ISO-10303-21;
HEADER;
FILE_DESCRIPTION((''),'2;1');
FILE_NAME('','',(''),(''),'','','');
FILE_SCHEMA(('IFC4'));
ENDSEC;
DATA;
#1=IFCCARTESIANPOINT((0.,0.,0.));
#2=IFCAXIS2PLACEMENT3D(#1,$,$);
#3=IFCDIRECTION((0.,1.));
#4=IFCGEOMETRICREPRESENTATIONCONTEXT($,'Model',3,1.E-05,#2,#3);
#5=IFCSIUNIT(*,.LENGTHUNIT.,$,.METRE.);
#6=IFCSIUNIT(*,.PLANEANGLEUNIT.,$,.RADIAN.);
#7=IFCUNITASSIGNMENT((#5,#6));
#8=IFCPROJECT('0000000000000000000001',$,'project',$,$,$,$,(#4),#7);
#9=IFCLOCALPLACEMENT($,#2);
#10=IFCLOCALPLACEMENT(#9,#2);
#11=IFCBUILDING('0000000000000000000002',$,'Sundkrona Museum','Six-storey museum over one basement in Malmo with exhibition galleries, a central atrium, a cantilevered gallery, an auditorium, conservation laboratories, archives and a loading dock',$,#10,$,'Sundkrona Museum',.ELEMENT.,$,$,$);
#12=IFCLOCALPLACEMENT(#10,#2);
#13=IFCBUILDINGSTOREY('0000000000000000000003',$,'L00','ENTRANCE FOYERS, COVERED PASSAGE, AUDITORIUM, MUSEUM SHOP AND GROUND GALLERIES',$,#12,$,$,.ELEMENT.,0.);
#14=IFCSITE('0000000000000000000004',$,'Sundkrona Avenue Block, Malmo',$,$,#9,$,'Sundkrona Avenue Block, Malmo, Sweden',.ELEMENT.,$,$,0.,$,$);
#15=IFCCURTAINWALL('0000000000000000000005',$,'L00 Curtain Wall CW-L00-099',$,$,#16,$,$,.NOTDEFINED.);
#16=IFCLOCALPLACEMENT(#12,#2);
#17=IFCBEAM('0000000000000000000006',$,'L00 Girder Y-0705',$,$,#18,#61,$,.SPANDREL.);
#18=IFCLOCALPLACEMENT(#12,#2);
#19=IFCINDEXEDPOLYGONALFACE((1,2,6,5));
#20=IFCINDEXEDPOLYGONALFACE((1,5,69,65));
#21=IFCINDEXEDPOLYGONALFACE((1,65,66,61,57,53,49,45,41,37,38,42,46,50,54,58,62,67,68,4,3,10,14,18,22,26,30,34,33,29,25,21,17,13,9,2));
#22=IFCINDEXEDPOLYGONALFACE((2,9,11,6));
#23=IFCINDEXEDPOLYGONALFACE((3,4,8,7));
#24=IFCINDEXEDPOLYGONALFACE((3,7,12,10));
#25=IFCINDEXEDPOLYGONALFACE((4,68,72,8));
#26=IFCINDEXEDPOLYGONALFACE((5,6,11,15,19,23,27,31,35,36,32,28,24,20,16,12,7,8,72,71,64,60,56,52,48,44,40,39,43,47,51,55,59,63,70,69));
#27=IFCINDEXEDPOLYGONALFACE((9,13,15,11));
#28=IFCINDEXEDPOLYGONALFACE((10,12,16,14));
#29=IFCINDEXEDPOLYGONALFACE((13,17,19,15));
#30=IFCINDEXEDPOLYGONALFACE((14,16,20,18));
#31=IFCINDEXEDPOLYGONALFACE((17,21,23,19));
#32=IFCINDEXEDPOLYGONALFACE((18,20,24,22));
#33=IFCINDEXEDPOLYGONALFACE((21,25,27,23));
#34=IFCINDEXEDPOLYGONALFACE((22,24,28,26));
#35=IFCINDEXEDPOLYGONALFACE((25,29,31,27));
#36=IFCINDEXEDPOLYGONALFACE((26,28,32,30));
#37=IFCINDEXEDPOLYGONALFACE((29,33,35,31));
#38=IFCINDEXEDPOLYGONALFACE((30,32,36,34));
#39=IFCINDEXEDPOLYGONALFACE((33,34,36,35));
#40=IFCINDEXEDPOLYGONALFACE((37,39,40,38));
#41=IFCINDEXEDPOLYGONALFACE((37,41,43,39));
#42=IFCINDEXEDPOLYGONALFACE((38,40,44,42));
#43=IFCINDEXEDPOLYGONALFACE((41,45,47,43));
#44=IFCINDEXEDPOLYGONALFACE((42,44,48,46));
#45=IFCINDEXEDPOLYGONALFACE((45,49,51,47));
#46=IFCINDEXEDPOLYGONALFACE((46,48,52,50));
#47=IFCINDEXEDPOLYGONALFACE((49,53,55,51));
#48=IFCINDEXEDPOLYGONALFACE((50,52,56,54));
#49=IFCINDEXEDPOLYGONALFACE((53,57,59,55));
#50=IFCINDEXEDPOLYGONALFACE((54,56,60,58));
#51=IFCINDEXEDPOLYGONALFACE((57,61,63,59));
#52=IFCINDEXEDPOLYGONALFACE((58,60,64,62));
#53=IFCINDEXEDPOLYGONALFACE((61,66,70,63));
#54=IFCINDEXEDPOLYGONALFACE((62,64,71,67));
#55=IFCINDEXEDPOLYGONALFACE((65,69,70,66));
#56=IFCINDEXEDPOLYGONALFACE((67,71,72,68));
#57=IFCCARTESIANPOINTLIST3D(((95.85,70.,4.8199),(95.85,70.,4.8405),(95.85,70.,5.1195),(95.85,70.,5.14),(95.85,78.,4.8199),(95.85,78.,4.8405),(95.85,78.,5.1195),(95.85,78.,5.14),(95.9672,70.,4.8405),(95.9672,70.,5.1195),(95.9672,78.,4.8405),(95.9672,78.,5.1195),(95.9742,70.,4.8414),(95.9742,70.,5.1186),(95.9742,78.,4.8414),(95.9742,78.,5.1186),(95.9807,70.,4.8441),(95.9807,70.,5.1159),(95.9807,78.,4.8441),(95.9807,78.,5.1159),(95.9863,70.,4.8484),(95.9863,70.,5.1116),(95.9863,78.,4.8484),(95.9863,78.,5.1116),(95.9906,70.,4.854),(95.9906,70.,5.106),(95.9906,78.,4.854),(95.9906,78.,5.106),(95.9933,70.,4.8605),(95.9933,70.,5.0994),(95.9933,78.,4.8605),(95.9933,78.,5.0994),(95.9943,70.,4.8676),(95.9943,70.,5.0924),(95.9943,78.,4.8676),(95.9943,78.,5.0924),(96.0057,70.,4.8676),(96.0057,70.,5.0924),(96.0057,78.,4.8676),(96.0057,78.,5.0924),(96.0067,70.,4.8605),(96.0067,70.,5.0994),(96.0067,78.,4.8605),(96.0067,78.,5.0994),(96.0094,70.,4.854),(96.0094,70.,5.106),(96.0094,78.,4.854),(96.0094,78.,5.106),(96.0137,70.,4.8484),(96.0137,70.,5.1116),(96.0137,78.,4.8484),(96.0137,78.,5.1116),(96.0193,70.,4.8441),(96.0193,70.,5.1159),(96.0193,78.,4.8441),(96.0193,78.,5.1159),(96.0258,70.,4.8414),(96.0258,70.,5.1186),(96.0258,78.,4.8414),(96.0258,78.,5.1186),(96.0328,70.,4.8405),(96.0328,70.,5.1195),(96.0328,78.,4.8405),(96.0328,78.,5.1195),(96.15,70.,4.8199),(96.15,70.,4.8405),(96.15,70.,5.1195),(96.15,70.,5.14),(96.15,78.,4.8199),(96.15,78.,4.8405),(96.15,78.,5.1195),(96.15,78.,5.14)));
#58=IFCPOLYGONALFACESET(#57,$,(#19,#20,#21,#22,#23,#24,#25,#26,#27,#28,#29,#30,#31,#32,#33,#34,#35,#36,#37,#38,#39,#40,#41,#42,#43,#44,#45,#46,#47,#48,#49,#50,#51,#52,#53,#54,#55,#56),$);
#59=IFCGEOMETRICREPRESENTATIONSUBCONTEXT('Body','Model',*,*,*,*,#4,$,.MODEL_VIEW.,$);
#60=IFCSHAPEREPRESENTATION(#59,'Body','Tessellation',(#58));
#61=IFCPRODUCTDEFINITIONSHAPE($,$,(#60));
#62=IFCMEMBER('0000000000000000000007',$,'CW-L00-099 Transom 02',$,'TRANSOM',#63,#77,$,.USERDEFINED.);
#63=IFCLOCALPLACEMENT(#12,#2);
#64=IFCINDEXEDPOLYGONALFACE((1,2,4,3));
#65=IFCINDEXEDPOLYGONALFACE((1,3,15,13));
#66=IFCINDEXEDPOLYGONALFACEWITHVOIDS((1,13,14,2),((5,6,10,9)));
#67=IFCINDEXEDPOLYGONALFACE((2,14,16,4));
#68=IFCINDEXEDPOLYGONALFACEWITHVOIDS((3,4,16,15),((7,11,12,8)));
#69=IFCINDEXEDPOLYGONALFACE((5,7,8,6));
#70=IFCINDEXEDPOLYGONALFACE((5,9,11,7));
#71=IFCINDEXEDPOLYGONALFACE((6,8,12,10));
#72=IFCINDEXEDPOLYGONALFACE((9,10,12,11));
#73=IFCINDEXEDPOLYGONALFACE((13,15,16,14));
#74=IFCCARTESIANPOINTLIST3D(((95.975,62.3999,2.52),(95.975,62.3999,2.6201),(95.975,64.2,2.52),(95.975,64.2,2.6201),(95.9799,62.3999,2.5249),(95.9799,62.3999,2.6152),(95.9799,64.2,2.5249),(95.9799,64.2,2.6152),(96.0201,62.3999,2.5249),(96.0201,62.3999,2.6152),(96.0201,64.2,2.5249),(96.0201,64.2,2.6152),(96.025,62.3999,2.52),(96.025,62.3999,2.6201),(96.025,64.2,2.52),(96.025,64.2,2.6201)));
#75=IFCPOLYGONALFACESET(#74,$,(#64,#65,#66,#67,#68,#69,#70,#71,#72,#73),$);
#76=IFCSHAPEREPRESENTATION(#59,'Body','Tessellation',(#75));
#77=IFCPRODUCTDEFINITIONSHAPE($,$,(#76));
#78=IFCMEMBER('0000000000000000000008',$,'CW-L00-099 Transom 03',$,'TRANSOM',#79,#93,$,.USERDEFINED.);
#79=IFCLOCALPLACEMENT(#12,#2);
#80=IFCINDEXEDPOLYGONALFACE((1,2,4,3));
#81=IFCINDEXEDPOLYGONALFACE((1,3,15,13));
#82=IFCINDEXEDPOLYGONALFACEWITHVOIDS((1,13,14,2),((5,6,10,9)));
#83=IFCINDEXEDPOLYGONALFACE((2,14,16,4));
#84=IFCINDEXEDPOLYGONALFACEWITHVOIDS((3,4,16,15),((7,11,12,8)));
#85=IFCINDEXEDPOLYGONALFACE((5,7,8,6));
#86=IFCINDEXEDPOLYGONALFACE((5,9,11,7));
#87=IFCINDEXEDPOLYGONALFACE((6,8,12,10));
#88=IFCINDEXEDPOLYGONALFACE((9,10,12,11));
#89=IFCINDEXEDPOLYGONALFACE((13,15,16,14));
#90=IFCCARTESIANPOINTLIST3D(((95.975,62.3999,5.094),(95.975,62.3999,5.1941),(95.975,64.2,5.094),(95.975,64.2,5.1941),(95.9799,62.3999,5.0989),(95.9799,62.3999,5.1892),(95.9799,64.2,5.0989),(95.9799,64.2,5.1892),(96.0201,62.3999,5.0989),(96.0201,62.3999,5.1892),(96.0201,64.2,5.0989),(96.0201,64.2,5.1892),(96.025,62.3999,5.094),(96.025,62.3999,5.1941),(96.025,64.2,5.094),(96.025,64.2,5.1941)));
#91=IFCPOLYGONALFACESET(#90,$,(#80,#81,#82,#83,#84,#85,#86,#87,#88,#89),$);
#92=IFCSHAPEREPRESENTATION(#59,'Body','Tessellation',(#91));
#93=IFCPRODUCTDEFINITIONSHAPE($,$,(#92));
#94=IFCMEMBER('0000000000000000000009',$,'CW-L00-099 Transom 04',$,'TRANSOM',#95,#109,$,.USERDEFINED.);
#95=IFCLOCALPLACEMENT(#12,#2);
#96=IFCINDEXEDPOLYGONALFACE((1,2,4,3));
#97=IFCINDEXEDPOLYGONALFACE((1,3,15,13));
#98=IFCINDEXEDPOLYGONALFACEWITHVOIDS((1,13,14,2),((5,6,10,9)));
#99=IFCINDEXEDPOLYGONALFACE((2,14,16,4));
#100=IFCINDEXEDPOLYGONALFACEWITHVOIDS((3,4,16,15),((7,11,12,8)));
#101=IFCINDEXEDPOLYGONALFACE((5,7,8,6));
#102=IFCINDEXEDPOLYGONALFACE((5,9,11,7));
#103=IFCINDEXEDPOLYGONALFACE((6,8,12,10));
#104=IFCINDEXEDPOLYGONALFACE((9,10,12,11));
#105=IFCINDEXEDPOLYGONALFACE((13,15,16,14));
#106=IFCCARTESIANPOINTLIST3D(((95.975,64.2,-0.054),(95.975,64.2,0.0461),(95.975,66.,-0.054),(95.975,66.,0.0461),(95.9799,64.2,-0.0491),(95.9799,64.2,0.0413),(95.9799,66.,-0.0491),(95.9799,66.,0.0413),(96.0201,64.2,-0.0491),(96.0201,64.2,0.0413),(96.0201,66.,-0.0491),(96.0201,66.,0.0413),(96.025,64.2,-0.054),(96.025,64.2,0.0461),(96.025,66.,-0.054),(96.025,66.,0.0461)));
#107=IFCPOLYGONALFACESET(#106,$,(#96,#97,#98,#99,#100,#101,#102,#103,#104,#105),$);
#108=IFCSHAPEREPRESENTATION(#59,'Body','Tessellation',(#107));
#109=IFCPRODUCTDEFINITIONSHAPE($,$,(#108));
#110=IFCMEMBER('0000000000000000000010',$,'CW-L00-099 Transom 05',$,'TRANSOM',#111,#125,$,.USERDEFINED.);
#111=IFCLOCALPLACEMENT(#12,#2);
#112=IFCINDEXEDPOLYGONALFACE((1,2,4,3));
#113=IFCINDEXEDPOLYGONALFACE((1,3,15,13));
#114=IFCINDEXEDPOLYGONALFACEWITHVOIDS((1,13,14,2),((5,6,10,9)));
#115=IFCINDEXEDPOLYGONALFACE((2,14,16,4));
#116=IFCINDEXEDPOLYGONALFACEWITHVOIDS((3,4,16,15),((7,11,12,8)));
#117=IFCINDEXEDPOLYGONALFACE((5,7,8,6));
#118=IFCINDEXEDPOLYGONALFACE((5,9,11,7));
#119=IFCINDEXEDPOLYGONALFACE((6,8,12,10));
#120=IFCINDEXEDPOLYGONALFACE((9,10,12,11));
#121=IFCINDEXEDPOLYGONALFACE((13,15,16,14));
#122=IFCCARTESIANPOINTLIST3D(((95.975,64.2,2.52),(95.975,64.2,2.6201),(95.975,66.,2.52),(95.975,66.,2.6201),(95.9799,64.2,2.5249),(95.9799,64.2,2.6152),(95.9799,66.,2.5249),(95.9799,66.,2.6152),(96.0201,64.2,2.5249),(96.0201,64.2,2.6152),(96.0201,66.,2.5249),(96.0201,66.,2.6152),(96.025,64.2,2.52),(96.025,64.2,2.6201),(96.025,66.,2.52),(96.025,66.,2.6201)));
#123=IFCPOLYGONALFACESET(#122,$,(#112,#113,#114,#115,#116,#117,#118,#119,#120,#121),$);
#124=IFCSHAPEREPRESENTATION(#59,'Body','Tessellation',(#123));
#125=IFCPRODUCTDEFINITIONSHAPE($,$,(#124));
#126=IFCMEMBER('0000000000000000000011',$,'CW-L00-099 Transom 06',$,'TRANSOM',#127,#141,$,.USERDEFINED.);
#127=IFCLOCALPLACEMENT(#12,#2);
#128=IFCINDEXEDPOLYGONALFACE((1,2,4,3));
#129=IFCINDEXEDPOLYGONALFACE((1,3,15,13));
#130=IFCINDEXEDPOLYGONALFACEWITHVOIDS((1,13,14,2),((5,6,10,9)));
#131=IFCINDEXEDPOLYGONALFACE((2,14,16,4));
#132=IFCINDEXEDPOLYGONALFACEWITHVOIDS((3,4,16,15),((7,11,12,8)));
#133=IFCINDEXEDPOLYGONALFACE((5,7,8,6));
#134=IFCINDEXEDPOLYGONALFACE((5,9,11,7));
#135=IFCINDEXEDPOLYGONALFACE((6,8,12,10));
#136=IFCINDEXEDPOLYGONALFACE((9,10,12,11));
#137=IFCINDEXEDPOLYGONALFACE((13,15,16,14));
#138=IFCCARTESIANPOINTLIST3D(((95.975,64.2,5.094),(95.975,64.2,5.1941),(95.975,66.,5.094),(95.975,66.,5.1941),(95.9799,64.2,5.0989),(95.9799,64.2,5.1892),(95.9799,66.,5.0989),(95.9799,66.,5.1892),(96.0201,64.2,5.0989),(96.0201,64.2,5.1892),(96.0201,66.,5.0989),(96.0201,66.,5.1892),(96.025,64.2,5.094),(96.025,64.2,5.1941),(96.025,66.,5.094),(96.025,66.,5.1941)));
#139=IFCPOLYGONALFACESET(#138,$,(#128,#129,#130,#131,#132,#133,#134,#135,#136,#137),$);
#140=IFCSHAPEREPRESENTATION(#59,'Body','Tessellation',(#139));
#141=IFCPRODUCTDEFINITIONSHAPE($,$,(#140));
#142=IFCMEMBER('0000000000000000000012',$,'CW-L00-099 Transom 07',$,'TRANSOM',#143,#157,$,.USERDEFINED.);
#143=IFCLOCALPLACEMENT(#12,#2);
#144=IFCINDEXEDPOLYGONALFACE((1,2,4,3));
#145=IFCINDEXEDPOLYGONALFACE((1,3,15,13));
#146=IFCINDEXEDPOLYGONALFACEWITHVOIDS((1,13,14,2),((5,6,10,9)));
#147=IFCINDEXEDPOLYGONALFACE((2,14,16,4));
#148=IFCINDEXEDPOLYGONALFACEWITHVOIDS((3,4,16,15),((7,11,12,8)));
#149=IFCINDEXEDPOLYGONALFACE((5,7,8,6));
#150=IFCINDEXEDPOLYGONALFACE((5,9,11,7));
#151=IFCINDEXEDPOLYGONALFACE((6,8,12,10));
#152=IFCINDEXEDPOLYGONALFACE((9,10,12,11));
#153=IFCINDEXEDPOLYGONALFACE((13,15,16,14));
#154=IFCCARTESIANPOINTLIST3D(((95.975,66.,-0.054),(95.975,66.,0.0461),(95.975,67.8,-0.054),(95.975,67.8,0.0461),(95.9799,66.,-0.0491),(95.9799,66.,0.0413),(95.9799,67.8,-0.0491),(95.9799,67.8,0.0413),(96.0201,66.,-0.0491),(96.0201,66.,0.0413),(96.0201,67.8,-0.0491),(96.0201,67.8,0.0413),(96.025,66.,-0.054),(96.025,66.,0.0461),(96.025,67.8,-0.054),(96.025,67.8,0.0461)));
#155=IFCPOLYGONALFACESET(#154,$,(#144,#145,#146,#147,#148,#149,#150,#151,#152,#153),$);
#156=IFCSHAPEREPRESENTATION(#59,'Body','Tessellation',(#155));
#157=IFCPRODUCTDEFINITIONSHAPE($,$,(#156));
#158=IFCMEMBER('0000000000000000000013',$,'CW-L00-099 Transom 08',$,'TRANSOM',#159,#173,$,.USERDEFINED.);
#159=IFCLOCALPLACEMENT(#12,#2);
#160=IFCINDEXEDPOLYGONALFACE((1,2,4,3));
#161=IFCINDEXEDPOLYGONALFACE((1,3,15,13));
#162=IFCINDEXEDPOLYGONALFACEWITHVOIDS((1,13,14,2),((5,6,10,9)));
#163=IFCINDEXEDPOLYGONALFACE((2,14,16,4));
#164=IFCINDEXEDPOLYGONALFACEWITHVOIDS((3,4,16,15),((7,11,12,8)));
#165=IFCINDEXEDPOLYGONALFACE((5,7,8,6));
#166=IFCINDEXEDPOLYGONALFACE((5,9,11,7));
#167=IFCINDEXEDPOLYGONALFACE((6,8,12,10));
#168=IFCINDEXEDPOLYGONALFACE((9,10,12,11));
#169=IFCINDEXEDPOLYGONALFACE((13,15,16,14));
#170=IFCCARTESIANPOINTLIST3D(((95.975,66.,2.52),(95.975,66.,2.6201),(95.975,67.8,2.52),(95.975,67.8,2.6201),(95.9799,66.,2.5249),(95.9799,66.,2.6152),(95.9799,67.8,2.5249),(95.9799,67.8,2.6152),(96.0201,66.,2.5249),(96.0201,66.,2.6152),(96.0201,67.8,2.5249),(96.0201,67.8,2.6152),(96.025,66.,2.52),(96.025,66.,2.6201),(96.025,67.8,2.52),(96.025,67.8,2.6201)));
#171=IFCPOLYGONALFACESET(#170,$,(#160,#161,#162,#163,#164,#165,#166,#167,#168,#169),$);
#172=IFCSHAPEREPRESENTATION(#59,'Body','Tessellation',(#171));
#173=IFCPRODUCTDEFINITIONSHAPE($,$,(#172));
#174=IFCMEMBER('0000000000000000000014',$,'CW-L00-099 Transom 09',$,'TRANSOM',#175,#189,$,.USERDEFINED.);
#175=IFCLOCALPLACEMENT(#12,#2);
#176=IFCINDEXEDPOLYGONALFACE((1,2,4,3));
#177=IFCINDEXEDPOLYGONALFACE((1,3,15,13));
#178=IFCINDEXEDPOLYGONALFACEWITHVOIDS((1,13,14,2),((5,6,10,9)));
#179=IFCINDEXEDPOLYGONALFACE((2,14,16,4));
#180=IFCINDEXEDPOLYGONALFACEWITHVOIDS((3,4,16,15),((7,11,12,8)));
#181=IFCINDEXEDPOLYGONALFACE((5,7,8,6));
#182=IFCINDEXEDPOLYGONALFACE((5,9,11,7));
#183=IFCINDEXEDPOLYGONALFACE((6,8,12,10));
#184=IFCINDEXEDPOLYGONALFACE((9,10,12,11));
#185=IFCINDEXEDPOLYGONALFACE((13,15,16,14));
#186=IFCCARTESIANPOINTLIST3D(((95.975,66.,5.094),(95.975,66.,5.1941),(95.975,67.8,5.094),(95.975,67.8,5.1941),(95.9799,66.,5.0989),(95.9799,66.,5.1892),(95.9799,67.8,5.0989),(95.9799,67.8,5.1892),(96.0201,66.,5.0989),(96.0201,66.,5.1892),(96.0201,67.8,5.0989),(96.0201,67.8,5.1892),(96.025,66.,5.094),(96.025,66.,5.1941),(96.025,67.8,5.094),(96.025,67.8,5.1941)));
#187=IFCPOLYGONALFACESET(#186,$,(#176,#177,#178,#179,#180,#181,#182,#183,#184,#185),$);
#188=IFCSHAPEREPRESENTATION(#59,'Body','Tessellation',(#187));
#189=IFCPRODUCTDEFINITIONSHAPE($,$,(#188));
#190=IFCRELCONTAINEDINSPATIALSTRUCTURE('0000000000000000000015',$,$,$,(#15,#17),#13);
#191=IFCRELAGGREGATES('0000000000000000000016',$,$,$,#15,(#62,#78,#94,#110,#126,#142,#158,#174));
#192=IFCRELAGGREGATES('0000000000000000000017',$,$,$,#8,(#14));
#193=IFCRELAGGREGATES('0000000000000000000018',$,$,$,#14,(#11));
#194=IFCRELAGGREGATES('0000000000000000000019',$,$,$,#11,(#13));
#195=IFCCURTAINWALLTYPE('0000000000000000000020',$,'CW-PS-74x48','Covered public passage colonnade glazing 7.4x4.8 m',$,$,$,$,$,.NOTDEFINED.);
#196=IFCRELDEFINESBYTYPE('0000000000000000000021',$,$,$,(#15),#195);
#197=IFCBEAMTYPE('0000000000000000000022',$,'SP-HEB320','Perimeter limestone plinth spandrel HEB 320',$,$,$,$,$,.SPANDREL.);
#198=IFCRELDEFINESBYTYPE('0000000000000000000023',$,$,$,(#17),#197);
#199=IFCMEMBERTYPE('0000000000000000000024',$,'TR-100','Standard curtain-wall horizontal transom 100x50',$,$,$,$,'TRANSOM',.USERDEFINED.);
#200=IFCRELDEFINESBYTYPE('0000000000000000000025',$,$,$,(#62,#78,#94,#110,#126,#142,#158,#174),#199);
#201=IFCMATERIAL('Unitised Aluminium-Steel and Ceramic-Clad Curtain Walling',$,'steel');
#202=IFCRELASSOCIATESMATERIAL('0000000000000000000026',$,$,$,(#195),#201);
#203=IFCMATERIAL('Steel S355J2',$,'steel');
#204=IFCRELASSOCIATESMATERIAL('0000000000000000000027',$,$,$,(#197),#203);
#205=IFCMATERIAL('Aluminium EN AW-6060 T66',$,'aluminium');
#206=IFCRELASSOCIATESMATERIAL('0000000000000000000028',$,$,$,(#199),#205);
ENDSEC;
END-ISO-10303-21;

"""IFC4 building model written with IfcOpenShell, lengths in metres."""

from ifc_helpers import new_model, si_unit, direction, frame, origin, origin_2d, place, context, subcontext, project, spatial, hollow_rectangle, i_section, extrude, material, material_profile, profile_set, type_object, element, aggregate, save


model = new_model("IFC4")

# Units and contexts
model_context = context("Model", 3, precision=1e-05, world=origin(), true_north=direction((0.0, 1.0)))
body_context = subcontext(model_context, "Body", "Model", "MODEL_VIEW")
ifc_project = project(units=[si_unit("LENGTHUNIT", "METRE"), si_unit("PLANEANGLEUNIT", "RADIAN")], contexts=[model_context])

# Site, building, storey
site_placement = place(None, origin())
site = spatial("IfcSite", under=ifc_project, at=site_placement, Name="Sundkrona Avenue Block, Malmo", LongName="Sundkrona Avenue Block, Malmo, Sweden", CompositionType="ELEMENT", RefElevation=0.0)
building_placement = place(site_placement, origin())
building = spatial("IfcBuilding", under=site, at=building_placement, Name="Sundkrona Museum", Description="Six-storey museum over one basement in Malmo with exhibition galleries, a central atrium, a cantilevered gallery, an auditorium, conservation laboratories, archives and a loading dock", LongName="Sundkrona Museum", CompositionType="ELEMENT")
storey_placement = place(building_placement, origin())
storey = spatial("IfcBuildingStorey", under=building, at=storey_placement, Name="L00", Description="ENTRANCE FOYERS, COVERED PASSAGE, AUDITORIUM, MUSEUM SHOP AND GROUND GALLERIES", CompositionType="ELEMENT", Elevation=0.0)

# Shared definitions
ifc_material_1 = material(Name="Steel S355J2", Category="steel")

# Curtain wall
ifc_material_2 = material(Name="Unitised Aluminium-Steel and Ceramic-Clad Curtain Walling", Category="steel")
curtain_wall_type = type_object("IfcCurtainWallType", Name="CW-PS-74x48", Description="Covered public passage colonnade glazing 7.4x4.8 m", PredefinedType="NOTDEFINED", material=ifc_material_2)
curtain_wall_1_placement = place(storey_placement, origin())
curtain_wall_1 = element("IfcCurtainWall", 1, at=curtain_wall_1_placement, inside=storey, type_object=curtain_wall_type, Name="L00 Curtain Wall CW-L00-099", PredefinedType="NOTDEFINED")
ifc_material_3 = material(Name="Aluminium EN AW-6060 T66", Category="aluminium")

# Beam
ifc_material_profile_1 = material_profile(ifc_material_1, i_section(OverallWidth=0.3, OverallDepth=0.3201, WebThickness=0.0115, FlangeThickness=0.0205, FilletRadius=0.0271, at=origin_2d()), Name="HEB 320")
ifc_profile_set_1 = profile_set([ifc_material_profile_1], Name="Steel S355J2")
beam_type_1 = type_object("IfcBeamType", Name="SP-HEB320", Description="Perimeter limestone plinth spandrel HEB 320", PredefinedType="SPANDREL", material=ifc_profile_set_1)
beam_placement = place(storey_placement, frame((96.0, 70.0, 4.98), z_axis=(0.0, 1.0, 0.0), x_axis=(-1.0, 0.0, 0.0)))
element("IfcBeam", 2, at=beam_placement, inside=storey, type_object=beam_type_1, Name="L00 Girder Y-0705", PredefinedType="SPANDREL", context=body_context, shape_type="SweptSolid", body=[
    extrude(i_section(OverallWidth=0.3, OverallDepth=0.3201, WebThickness=0.0115, FlangeThickness=0.0205, FilletRadius=0.0271, at=origin_2d()), origin(), (0.0, 0.0, 1.0), 8.0),
])

# Members
ifc_material_profile_2 = material_profile(ifc_material_3, hollow_rectangle(XDim=0.05, YDim=0.1001, WallThickness=0.0049, at=origin_2d()), Name="RHS 100x50x5.0")
ifc_profile_set_2 = profile_set([ifc_material_profile_2], Name="Aluminium EN AW-6060 T66")
member_type_1 = type_object("IfcMemberType", Name="TR-100", Description="Standard curtain-wall horizontal transom 100x50", ElementType="TRANSOM", PredefinedType="USERDEFINED", material=ifc_profile_set_2)
member_1_placement = place(storey_placement, frame((96.0, 62.3999, 2.5701), z_axis=(0.0, 1.0, 0.0), x_axis=(-1.0, 0.0, 0.0)))
member_1 = element("IfcMember", 3, at=member_1_placement, type_object=member_type_1, Name="CW-L00-099 Transom 02", ObjectType="TRANSOM", PredefinedType="USERDEFINED", context=body_context, shape_type="SweptSolid", body=[
    extrude(hollow_rectangle(XDim=0.05, YDim=0.1001, WallThickness=0.0049, at=origin_2d()), origin(), (0.0, 0.0, 1.0), 1.8),
])
member_2_placement = place(storey_placement, frame((96.0, 62.3999, 5.144), z_axis=(0.0, 1.0, 0.0), x_axis=(-1.0, 0.0, 0.0)))
member_2 = element("IfcMember", 4, at=member_2_placement, type_object=member_type_1, Name="CW-L00-099 Transom 03", ObjectType="TRANSOM", PredefinedType="USERDEFINED", context=body_context, shape_type="SweptSolid", body=[
    extrude(hollow_rectangle(XDim=0.05, YDim=0.1001, WallThickness=0.0049, at=origin_2d()), origin(), (0.0, 0.0, 1.0), 1.8),
])
member_3_placement = place(storey_placement, frame((96.0, 64.2, -0.0039), z_axis=(0.0, 1.0, 0.0), x_axis=(-1.0, 0.0, 0.0)))
member_3 = element("IfcMember", 5, at=member_3_placement, type_object=member_type_1, Name="CW-L00-099 Transom 04", ObjectType="TRANSOM", PredefinedType="USERDEFINED", context=body_context, shape_type="SweptSolid", body=[
    extrude(hollow_rectangle(XDim=0.05, YDim=0.1001, WallThickness=0.0049, at=origin_2d()), origin(), (0.0, 0.0, 1.0), 1.8),
])
member_4_placement = place(storey_placement, frame((96.0, 64.2, 2.5701), z_axis=(0.0, 1.0, 0.0), x_axis=(-1.0, 0.0, 0.0)))
member_4 = element("IfcMember", 6, at=member_4_placement, type_object=member_type_1, Name="CW-L00-099 Transom 05", ObjectType="TRANSOM", PredefinedType="USERDEFINED", context=body_context, shape_type="SweptSolid", body=[
    extrude(hollow_rectangle(XDim=0.05, YDim=0.1001, WallThickness=0.0049, at=origin_2d()), origin(), (0.0, 0.0, 1.0), 1.8),
])
member_5_placement = place(storey_placement, frame((96.0, 64.2, 5.144), z_axis=(0.0, 1.0, 0.0), x_axis=(-1.0, 0.0, 0.0)))
member_5 = element("IfcMember", 7, at=member_5_placement, type_object=member_type_1, Name="CW-L00-099 Transom 06", ObjectType="TRANSOM", PredefinedType="USERDEFINED", context=body_context, shape_type="SweptSolid", body=[
    extrude(hollow_rectangle(XDim=0.05, YDim=0.1001, WallThickness=0.0049, at=origin_2d()), origin(), (0.0, 0.0, 1.0), 1.8),
])
member_6_placement = place(storey_placement, frame((96.0, 66.0, -0.0039), z_axis=(0.0, 1.0, 0.0), x_axis=(-1.0, 0.0, 0.0)))
member_6 = element("IfcMember", 8, at=member_6_placement, type_object=member_type_1, Name="CW-L00-099 Transom 07", ObjectType="TRANSOM", PredefinedType="USERDEFINED", context=body_context, shape_type="SweptSolid", body=[
    extrude(hollow_rectangle(XDim=0.05, YDim=0.1001, WallThickness=0.0049, at=origin_2d()), origin(), (0.0, 0.0, 1.0), 1.8),
])
member_7_placement = place(storey_placement, frame((96.0, 66.0, 2.5701), z_axis=(0.0, 1.0, 0.0), x_axis=(-1.0, 0.0, 0.0)))
member_7 = element("IfcMember", 9, at=member_7_placement, type_object=member_type_1, Name="CW-L00-099 Transom 08", ObjectType="TRANSOM", PredefinedType="USERDEFINED", context=body_context, shape_type="SweptSolid", body=[
    extrude(hollow_rectangle(XDim=0.05, YDim=0.1001, WallThickness=0.0049, at=origin_2d()), origin(), (0.0, 0.0, 1.0), 1.8),
])
member_8_placement = place(storey_placement, frame((96.0, 66.0, 5.144), z_axis=(0.0, 1.0, 0.0), x_axis=(-1.0, 0.0, 0.0)))
member_8 = element("IfcMember", 10, at=member_8_placement, type_object=member_type_1, Name="CW-L00-099 Transom 09", ObjectType="TRANSOM", PredefinedType="USERDEFINED", context=body_context, shape_type="SweptSolid", body=[
    extrude(hollow_rectangle(XDim=0.05, YDim=0.1001, WallThickness=0.0049, at=origin_2d()), origin(), (0.0, 0.0, 1.0), 1.8),
])

aggregate(curtain_wall_1, [member_1, member_2, member_3, member_4, member_5, member_6, member_7, member_8])

save(model, "model.ifc")
